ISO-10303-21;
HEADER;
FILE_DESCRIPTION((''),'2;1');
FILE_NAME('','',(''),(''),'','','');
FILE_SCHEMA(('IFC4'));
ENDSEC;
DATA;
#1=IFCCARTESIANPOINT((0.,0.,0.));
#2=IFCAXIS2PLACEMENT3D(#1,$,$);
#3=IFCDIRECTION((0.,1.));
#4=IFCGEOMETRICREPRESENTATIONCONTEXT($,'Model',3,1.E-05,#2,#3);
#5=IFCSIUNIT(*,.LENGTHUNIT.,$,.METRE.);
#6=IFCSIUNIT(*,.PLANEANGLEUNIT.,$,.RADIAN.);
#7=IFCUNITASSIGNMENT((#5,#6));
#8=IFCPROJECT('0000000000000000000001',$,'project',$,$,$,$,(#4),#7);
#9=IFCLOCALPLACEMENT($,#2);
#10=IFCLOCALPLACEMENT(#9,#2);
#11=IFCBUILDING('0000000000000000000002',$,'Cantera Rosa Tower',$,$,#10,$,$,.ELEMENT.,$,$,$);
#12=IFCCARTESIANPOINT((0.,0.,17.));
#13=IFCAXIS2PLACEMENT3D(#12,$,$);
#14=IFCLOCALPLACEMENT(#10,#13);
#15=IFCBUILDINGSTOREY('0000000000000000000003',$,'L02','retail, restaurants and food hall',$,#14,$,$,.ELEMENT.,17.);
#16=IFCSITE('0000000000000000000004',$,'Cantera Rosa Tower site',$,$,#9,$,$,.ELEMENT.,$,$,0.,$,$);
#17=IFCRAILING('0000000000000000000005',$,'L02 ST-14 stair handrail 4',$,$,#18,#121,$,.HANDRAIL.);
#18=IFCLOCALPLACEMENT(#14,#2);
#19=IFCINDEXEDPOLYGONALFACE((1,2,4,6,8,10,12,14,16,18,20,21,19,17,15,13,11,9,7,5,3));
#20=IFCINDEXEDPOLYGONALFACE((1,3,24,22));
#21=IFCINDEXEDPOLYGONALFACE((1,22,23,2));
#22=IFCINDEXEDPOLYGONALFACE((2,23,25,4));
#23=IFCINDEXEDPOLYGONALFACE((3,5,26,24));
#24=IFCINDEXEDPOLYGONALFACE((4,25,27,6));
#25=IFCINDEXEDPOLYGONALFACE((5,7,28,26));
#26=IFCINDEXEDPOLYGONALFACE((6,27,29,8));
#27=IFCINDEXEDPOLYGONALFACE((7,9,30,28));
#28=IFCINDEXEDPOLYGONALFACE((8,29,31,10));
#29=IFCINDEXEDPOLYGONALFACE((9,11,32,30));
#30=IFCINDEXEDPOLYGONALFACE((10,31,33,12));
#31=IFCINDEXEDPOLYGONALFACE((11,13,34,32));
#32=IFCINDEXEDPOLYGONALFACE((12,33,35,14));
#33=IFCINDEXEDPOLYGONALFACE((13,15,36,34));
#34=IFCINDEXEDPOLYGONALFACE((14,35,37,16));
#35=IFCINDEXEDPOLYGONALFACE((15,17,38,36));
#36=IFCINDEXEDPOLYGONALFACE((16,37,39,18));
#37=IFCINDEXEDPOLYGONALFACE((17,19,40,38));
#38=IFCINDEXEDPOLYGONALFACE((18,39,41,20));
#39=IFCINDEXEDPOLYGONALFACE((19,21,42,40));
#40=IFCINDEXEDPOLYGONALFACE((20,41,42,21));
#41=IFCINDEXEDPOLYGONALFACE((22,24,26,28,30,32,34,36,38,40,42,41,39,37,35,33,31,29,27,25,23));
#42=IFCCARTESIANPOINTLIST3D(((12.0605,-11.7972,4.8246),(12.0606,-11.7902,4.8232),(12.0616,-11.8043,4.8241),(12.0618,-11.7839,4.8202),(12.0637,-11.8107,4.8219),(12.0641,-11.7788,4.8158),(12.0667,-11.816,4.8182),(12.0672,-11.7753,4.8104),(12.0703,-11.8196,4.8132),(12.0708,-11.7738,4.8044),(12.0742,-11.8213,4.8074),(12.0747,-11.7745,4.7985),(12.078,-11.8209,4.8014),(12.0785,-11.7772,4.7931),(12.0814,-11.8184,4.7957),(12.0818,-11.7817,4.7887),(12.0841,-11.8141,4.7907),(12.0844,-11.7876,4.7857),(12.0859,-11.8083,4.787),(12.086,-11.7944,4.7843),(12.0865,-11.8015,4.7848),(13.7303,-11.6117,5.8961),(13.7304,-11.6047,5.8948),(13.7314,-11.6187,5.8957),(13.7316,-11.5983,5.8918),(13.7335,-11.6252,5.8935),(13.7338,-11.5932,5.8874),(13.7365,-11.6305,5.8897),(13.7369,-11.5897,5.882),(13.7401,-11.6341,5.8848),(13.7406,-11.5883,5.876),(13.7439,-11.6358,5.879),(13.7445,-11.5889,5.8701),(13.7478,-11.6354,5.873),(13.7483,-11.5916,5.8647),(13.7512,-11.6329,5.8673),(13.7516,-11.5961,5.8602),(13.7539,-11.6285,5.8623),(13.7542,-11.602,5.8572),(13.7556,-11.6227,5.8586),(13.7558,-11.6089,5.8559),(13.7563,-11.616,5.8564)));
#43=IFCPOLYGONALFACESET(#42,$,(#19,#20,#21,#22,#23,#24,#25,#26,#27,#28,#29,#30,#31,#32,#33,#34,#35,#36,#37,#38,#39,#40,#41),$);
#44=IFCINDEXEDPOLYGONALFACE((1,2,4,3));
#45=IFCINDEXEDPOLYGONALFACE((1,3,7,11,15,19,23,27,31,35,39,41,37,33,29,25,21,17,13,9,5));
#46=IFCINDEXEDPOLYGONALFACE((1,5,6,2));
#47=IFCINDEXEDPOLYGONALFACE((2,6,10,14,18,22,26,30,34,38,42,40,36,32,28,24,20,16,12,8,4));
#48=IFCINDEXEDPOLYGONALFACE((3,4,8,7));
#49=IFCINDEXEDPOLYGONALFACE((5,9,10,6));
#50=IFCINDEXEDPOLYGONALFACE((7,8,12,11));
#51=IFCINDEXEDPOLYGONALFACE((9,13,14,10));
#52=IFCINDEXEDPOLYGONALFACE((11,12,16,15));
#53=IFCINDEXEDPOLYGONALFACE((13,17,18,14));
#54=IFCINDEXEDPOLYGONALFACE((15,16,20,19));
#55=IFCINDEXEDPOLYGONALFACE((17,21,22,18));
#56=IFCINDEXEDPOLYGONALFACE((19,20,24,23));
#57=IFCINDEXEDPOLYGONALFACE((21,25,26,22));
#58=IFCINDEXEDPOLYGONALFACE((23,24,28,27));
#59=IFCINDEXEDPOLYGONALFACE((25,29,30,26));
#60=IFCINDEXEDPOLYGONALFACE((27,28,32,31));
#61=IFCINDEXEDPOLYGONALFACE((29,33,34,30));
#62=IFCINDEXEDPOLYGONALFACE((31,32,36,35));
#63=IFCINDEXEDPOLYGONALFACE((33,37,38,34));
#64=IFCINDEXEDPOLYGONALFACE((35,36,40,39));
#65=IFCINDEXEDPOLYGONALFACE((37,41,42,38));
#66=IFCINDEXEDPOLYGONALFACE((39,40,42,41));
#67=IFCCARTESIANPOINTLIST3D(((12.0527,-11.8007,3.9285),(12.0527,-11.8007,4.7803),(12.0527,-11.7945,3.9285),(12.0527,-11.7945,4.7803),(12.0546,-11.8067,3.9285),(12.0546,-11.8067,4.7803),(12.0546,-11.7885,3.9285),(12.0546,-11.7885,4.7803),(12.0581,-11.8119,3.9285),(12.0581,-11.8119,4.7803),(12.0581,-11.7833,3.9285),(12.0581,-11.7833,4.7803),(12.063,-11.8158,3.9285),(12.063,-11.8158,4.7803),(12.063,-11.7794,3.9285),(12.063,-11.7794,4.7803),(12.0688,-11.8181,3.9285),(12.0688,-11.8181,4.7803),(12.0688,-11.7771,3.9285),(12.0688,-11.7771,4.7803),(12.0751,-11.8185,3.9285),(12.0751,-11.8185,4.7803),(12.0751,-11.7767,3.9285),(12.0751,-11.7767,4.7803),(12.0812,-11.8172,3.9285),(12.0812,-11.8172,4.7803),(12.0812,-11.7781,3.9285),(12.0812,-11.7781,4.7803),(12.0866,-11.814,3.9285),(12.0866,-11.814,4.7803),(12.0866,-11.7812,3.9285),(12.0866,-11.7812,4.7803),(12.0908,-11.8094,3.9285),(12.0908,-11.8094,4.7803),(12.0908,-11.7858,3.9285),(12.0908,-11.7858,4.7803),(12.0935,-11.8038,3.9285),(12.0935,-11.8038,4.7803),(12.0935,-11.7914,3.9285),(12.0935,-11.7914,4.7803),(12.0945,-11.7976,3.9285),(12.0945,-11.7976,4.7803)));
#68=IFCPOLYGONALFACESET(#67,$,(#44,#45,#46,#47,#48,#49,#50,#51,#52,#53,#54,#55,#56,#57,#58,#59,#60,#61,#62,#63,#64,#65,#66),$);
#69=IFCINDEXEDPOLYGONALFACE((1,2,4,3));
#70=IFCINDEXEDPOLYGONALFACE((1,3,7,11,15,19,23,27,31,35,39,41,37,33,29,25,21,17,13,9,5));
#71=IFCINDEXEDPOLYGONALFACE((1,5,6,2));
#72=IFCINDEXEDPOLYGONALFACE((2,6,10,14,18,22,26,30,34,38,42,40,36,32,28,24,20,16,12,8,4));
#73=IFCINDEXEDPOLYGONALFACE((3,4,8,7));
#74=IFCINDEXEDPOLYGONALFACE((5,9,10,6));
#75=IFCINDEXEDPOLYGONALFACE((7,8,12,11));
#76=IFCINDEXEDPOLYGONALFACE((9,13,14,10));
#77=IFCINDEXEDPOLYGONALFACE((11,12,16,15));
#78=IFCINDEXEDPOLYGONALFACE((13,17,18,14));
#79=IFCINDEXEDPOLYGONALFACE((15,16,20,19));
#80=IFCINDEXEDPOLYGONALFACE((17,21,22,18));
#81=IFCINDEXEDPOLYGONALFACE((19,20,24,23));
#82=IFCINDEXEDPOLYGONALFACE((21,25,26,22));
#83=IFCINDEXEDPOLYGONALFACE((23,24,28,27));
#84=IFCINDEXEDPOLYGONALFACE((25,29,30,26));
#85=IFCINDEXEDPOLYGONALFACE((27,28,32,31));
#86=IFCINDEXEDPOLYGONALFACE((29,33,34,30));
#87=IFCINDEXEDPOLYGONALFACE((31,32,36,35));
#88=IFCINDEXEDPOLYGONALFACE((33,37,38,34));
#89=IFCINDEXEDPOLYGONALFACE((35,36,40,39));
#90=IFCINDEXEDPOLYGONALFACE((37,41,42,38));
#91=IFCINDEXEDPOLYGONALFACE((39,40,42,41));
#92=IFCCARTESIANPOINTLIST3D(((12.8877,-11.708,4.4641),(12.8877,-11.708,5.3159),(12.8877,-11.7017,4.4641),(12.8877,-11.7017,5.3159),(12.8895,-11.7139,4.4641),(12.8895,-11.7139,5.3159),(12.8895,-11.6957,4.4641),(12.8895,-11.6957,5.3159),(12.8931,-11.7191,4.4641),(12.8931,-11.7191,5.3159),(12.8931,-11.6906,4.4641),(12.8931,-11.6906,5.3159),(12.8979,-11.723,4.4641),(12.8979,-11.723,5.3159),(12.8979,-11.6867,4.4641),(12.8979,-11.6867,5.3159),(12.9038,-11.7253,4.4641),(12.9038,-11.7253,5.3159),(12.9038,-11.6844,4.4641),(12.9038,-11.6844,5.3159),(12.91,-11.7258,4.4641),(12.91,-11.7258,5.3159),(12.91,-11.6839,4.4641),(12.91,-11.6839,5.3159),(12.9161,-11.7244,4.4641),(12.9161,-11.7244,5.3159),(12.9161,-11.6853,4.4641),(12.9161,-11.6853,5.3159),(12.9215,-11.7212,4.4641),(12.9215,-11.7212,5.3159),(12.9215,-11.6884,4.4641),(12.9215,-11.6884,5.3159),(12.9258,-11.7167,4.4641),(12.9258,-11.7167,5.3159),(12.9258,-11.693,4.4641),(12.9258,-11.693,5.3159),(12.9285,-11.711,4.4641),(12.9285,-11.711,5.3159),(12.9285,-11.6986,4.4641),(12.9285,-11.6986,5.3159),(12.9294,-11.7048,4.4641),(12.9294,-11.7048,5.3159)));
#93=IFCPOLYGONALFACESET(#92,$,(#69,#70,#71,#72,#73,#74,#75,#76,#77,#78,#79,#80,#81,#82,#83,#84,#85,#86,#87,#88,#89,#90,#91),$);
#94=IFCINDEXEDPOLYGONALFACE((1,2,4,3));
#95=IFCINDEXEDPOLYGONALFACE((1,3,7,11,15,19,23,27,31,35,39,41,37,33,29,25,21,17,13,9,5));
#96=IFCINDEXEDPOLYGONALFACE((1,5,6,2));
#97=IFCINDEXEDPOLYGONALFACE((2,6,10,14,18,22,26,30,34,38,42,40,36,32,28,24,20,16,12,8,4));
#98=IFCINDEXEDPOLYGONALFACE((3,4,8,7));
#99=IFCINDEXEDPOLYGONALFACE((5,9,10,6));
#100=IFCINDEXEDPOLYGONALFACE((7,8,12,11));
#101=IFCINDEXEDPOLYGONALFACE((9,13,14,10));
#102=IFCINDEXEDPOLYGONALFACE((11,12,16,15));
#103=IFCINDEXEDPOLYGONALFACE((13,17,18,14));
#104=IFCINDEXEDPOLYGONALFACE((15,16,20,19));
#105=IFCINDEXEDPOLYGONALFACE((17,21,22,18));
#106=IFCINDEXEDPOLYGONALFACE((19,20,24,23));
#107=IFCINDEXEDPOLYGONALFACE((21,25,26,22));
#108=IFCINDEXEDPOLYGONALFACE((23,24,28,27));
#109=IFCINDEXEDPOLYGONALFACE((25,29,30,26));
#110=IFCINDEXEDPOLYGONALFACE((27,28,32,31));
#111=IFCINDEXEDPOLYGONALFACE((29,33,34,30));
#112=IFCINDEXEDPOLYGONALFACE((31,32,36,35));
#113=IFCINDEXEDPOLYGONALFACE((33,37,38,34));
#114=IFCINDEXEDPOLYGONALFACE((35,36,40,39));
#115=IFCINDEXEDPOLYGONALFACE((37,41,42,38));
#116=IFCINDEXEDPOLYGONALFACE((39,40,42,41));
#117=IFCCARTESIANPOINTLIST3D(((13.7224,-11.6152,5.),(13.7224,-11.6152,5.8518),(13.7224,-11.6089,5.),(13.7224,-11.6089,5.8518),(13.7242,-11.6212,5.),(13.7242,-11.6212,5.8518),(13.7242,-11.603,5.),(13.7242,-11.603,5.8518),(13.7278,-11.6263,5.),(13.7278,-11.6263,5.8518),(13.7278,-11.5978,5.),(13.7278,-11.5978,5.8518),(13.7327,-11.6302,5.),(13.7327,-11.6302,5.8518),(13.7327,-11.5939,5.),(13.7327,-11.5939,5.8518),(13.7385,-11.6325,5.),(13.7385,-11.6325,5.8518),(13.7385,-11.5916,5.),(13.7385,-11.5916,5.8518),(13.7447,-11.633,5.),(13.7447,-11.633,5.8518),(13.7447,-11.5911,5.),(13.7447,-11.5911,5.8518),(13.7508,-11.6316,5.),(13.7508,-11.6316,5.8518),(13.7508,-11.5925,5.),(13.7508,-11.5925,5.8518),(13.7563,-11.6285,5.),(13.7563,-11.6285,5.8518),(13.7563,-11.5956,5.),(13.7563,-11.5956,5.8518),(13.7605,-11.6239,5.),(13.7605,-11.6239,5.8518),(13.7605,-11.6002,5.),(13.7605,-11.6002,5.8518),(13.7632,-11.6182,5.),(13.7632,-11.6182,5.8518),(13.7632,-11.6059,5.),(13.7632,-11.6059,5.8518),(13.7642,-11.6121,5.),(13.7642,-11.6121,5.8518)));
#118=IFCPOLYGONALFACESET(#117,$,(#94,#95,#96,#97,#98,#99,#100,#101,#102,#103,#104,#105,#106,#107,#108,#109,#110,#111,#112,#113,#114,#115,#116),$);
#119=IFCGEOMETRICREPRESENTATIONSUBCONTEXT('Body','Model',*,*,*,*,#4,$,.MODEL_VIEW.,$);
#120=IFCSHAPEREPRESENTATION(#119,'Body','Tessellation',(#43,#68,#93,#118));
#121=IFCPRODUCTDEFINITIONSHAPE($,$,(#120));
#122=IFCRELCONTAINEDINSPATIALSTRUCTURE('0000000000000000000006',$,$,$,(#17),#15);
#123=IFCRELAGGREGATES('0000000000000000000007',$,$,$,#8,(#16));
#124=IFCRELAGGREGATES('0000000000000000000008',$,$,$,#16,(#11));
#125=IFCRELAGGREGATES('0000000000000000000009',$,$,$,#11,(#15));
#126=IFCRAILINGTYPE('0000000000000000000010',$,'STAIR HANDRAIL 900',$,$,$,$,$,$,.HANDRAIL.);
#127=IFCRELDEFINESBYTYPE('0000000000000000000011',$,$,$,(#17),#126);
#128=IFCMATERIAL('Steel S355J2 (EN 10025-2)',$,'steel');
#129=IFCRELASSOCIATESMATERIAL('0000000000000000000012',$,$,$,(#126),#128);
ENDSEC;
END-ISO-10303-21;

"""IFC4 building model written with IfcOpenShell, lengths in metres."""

from ifc_helpers import new_model, si_unit, direction, frame, origin, origin_2d, place, context, subcontext, project, spatial, circle, extrude, material, type_object, element, save


model = new_model("IFC4")

# Units and contexts
model_context = context("Model", 3, precision=1e-05, world=origin(), true_north=direction((0.0, 1.0)))
body_context = subcontext(model_context, "Body", "Model", "MODEL_VIEW")
ifc_project = project(units=[si_unit("LENGTHUNIT", "METRE"), si_unit("PLANEANGLEUNIT", "RADIAN")], contexts=[model_context])

# Site, building, storey
site_placement = place(None, origin())
site = spatial("IfcSite", under=ifc_project, at=site_placement, Name="Cantera Rosa Tower site", CompositionType="ELEMENT", RefElevation=0.0)
building_placement = place(site_placement, origin())
building = spatial("IfcBuilding", under=site, at=building_placement, Name="Cantera Rosa Tower", CompositionType="ELEMENT")
storey_placement = place(building_placement, frame((0.0, 0.0, 17.0)))
storey = spatial("IfcBuildingStorey", under=building, at=storey_placement, Name="L02", Description="retail, restaurants and food hall", CompositionType="ELEMENT", Elevation=17.0)

# Railing
ifc_material_1 = material(Name="Steel S355J2 (EN 10025-2)", Category="steel")
railing_type_1 = type_object("IfcRailingType", Name="STAIR HANDRAIL 900", PredefinedType="HANDRAIL", material=ifc_material_1)
for number, where, name in (
    (1, (12.0735, -11.7976, 3.9285), "L02 ST-14 stair handrail 4"),
):
    element("IfcRailing", number, at=place(storey_placement, frame(where)), inside=storey, type_object=railing_type_1, Name=name, PredefinedType="HANDRAIL", context=body_context, shape_type="SweptSolid", body=[
        extrude(circle(Radius=0.0239, at=origin_2d()), frame((0.0, 0.0, 0.876), z_axis=(0.837941, 0.093118, 0.537758), x_axis=(-0.110447, 0.993882, 0.0)), (0.0, 0.0, 1.0), 1.9927),
        extrude(circle(Radius=0.021, at=origin_2d()), origin(), (0.0, 0.0, 1.0), 0.8518),
        extrude(circle(Radius=0.021, at=origin_2d()), frame((0.835, 0.0928, 0.5356)), (0.0, 0.0, 1.0), 0.8518),
        extrude(circle(Radius=0.021, at=origin_2d()), frame((1.6697, 0.1855, 1.0715)), (0.0, 0.0, 1.0), 0.8518),
    ])

save(model, "model.ifc")
